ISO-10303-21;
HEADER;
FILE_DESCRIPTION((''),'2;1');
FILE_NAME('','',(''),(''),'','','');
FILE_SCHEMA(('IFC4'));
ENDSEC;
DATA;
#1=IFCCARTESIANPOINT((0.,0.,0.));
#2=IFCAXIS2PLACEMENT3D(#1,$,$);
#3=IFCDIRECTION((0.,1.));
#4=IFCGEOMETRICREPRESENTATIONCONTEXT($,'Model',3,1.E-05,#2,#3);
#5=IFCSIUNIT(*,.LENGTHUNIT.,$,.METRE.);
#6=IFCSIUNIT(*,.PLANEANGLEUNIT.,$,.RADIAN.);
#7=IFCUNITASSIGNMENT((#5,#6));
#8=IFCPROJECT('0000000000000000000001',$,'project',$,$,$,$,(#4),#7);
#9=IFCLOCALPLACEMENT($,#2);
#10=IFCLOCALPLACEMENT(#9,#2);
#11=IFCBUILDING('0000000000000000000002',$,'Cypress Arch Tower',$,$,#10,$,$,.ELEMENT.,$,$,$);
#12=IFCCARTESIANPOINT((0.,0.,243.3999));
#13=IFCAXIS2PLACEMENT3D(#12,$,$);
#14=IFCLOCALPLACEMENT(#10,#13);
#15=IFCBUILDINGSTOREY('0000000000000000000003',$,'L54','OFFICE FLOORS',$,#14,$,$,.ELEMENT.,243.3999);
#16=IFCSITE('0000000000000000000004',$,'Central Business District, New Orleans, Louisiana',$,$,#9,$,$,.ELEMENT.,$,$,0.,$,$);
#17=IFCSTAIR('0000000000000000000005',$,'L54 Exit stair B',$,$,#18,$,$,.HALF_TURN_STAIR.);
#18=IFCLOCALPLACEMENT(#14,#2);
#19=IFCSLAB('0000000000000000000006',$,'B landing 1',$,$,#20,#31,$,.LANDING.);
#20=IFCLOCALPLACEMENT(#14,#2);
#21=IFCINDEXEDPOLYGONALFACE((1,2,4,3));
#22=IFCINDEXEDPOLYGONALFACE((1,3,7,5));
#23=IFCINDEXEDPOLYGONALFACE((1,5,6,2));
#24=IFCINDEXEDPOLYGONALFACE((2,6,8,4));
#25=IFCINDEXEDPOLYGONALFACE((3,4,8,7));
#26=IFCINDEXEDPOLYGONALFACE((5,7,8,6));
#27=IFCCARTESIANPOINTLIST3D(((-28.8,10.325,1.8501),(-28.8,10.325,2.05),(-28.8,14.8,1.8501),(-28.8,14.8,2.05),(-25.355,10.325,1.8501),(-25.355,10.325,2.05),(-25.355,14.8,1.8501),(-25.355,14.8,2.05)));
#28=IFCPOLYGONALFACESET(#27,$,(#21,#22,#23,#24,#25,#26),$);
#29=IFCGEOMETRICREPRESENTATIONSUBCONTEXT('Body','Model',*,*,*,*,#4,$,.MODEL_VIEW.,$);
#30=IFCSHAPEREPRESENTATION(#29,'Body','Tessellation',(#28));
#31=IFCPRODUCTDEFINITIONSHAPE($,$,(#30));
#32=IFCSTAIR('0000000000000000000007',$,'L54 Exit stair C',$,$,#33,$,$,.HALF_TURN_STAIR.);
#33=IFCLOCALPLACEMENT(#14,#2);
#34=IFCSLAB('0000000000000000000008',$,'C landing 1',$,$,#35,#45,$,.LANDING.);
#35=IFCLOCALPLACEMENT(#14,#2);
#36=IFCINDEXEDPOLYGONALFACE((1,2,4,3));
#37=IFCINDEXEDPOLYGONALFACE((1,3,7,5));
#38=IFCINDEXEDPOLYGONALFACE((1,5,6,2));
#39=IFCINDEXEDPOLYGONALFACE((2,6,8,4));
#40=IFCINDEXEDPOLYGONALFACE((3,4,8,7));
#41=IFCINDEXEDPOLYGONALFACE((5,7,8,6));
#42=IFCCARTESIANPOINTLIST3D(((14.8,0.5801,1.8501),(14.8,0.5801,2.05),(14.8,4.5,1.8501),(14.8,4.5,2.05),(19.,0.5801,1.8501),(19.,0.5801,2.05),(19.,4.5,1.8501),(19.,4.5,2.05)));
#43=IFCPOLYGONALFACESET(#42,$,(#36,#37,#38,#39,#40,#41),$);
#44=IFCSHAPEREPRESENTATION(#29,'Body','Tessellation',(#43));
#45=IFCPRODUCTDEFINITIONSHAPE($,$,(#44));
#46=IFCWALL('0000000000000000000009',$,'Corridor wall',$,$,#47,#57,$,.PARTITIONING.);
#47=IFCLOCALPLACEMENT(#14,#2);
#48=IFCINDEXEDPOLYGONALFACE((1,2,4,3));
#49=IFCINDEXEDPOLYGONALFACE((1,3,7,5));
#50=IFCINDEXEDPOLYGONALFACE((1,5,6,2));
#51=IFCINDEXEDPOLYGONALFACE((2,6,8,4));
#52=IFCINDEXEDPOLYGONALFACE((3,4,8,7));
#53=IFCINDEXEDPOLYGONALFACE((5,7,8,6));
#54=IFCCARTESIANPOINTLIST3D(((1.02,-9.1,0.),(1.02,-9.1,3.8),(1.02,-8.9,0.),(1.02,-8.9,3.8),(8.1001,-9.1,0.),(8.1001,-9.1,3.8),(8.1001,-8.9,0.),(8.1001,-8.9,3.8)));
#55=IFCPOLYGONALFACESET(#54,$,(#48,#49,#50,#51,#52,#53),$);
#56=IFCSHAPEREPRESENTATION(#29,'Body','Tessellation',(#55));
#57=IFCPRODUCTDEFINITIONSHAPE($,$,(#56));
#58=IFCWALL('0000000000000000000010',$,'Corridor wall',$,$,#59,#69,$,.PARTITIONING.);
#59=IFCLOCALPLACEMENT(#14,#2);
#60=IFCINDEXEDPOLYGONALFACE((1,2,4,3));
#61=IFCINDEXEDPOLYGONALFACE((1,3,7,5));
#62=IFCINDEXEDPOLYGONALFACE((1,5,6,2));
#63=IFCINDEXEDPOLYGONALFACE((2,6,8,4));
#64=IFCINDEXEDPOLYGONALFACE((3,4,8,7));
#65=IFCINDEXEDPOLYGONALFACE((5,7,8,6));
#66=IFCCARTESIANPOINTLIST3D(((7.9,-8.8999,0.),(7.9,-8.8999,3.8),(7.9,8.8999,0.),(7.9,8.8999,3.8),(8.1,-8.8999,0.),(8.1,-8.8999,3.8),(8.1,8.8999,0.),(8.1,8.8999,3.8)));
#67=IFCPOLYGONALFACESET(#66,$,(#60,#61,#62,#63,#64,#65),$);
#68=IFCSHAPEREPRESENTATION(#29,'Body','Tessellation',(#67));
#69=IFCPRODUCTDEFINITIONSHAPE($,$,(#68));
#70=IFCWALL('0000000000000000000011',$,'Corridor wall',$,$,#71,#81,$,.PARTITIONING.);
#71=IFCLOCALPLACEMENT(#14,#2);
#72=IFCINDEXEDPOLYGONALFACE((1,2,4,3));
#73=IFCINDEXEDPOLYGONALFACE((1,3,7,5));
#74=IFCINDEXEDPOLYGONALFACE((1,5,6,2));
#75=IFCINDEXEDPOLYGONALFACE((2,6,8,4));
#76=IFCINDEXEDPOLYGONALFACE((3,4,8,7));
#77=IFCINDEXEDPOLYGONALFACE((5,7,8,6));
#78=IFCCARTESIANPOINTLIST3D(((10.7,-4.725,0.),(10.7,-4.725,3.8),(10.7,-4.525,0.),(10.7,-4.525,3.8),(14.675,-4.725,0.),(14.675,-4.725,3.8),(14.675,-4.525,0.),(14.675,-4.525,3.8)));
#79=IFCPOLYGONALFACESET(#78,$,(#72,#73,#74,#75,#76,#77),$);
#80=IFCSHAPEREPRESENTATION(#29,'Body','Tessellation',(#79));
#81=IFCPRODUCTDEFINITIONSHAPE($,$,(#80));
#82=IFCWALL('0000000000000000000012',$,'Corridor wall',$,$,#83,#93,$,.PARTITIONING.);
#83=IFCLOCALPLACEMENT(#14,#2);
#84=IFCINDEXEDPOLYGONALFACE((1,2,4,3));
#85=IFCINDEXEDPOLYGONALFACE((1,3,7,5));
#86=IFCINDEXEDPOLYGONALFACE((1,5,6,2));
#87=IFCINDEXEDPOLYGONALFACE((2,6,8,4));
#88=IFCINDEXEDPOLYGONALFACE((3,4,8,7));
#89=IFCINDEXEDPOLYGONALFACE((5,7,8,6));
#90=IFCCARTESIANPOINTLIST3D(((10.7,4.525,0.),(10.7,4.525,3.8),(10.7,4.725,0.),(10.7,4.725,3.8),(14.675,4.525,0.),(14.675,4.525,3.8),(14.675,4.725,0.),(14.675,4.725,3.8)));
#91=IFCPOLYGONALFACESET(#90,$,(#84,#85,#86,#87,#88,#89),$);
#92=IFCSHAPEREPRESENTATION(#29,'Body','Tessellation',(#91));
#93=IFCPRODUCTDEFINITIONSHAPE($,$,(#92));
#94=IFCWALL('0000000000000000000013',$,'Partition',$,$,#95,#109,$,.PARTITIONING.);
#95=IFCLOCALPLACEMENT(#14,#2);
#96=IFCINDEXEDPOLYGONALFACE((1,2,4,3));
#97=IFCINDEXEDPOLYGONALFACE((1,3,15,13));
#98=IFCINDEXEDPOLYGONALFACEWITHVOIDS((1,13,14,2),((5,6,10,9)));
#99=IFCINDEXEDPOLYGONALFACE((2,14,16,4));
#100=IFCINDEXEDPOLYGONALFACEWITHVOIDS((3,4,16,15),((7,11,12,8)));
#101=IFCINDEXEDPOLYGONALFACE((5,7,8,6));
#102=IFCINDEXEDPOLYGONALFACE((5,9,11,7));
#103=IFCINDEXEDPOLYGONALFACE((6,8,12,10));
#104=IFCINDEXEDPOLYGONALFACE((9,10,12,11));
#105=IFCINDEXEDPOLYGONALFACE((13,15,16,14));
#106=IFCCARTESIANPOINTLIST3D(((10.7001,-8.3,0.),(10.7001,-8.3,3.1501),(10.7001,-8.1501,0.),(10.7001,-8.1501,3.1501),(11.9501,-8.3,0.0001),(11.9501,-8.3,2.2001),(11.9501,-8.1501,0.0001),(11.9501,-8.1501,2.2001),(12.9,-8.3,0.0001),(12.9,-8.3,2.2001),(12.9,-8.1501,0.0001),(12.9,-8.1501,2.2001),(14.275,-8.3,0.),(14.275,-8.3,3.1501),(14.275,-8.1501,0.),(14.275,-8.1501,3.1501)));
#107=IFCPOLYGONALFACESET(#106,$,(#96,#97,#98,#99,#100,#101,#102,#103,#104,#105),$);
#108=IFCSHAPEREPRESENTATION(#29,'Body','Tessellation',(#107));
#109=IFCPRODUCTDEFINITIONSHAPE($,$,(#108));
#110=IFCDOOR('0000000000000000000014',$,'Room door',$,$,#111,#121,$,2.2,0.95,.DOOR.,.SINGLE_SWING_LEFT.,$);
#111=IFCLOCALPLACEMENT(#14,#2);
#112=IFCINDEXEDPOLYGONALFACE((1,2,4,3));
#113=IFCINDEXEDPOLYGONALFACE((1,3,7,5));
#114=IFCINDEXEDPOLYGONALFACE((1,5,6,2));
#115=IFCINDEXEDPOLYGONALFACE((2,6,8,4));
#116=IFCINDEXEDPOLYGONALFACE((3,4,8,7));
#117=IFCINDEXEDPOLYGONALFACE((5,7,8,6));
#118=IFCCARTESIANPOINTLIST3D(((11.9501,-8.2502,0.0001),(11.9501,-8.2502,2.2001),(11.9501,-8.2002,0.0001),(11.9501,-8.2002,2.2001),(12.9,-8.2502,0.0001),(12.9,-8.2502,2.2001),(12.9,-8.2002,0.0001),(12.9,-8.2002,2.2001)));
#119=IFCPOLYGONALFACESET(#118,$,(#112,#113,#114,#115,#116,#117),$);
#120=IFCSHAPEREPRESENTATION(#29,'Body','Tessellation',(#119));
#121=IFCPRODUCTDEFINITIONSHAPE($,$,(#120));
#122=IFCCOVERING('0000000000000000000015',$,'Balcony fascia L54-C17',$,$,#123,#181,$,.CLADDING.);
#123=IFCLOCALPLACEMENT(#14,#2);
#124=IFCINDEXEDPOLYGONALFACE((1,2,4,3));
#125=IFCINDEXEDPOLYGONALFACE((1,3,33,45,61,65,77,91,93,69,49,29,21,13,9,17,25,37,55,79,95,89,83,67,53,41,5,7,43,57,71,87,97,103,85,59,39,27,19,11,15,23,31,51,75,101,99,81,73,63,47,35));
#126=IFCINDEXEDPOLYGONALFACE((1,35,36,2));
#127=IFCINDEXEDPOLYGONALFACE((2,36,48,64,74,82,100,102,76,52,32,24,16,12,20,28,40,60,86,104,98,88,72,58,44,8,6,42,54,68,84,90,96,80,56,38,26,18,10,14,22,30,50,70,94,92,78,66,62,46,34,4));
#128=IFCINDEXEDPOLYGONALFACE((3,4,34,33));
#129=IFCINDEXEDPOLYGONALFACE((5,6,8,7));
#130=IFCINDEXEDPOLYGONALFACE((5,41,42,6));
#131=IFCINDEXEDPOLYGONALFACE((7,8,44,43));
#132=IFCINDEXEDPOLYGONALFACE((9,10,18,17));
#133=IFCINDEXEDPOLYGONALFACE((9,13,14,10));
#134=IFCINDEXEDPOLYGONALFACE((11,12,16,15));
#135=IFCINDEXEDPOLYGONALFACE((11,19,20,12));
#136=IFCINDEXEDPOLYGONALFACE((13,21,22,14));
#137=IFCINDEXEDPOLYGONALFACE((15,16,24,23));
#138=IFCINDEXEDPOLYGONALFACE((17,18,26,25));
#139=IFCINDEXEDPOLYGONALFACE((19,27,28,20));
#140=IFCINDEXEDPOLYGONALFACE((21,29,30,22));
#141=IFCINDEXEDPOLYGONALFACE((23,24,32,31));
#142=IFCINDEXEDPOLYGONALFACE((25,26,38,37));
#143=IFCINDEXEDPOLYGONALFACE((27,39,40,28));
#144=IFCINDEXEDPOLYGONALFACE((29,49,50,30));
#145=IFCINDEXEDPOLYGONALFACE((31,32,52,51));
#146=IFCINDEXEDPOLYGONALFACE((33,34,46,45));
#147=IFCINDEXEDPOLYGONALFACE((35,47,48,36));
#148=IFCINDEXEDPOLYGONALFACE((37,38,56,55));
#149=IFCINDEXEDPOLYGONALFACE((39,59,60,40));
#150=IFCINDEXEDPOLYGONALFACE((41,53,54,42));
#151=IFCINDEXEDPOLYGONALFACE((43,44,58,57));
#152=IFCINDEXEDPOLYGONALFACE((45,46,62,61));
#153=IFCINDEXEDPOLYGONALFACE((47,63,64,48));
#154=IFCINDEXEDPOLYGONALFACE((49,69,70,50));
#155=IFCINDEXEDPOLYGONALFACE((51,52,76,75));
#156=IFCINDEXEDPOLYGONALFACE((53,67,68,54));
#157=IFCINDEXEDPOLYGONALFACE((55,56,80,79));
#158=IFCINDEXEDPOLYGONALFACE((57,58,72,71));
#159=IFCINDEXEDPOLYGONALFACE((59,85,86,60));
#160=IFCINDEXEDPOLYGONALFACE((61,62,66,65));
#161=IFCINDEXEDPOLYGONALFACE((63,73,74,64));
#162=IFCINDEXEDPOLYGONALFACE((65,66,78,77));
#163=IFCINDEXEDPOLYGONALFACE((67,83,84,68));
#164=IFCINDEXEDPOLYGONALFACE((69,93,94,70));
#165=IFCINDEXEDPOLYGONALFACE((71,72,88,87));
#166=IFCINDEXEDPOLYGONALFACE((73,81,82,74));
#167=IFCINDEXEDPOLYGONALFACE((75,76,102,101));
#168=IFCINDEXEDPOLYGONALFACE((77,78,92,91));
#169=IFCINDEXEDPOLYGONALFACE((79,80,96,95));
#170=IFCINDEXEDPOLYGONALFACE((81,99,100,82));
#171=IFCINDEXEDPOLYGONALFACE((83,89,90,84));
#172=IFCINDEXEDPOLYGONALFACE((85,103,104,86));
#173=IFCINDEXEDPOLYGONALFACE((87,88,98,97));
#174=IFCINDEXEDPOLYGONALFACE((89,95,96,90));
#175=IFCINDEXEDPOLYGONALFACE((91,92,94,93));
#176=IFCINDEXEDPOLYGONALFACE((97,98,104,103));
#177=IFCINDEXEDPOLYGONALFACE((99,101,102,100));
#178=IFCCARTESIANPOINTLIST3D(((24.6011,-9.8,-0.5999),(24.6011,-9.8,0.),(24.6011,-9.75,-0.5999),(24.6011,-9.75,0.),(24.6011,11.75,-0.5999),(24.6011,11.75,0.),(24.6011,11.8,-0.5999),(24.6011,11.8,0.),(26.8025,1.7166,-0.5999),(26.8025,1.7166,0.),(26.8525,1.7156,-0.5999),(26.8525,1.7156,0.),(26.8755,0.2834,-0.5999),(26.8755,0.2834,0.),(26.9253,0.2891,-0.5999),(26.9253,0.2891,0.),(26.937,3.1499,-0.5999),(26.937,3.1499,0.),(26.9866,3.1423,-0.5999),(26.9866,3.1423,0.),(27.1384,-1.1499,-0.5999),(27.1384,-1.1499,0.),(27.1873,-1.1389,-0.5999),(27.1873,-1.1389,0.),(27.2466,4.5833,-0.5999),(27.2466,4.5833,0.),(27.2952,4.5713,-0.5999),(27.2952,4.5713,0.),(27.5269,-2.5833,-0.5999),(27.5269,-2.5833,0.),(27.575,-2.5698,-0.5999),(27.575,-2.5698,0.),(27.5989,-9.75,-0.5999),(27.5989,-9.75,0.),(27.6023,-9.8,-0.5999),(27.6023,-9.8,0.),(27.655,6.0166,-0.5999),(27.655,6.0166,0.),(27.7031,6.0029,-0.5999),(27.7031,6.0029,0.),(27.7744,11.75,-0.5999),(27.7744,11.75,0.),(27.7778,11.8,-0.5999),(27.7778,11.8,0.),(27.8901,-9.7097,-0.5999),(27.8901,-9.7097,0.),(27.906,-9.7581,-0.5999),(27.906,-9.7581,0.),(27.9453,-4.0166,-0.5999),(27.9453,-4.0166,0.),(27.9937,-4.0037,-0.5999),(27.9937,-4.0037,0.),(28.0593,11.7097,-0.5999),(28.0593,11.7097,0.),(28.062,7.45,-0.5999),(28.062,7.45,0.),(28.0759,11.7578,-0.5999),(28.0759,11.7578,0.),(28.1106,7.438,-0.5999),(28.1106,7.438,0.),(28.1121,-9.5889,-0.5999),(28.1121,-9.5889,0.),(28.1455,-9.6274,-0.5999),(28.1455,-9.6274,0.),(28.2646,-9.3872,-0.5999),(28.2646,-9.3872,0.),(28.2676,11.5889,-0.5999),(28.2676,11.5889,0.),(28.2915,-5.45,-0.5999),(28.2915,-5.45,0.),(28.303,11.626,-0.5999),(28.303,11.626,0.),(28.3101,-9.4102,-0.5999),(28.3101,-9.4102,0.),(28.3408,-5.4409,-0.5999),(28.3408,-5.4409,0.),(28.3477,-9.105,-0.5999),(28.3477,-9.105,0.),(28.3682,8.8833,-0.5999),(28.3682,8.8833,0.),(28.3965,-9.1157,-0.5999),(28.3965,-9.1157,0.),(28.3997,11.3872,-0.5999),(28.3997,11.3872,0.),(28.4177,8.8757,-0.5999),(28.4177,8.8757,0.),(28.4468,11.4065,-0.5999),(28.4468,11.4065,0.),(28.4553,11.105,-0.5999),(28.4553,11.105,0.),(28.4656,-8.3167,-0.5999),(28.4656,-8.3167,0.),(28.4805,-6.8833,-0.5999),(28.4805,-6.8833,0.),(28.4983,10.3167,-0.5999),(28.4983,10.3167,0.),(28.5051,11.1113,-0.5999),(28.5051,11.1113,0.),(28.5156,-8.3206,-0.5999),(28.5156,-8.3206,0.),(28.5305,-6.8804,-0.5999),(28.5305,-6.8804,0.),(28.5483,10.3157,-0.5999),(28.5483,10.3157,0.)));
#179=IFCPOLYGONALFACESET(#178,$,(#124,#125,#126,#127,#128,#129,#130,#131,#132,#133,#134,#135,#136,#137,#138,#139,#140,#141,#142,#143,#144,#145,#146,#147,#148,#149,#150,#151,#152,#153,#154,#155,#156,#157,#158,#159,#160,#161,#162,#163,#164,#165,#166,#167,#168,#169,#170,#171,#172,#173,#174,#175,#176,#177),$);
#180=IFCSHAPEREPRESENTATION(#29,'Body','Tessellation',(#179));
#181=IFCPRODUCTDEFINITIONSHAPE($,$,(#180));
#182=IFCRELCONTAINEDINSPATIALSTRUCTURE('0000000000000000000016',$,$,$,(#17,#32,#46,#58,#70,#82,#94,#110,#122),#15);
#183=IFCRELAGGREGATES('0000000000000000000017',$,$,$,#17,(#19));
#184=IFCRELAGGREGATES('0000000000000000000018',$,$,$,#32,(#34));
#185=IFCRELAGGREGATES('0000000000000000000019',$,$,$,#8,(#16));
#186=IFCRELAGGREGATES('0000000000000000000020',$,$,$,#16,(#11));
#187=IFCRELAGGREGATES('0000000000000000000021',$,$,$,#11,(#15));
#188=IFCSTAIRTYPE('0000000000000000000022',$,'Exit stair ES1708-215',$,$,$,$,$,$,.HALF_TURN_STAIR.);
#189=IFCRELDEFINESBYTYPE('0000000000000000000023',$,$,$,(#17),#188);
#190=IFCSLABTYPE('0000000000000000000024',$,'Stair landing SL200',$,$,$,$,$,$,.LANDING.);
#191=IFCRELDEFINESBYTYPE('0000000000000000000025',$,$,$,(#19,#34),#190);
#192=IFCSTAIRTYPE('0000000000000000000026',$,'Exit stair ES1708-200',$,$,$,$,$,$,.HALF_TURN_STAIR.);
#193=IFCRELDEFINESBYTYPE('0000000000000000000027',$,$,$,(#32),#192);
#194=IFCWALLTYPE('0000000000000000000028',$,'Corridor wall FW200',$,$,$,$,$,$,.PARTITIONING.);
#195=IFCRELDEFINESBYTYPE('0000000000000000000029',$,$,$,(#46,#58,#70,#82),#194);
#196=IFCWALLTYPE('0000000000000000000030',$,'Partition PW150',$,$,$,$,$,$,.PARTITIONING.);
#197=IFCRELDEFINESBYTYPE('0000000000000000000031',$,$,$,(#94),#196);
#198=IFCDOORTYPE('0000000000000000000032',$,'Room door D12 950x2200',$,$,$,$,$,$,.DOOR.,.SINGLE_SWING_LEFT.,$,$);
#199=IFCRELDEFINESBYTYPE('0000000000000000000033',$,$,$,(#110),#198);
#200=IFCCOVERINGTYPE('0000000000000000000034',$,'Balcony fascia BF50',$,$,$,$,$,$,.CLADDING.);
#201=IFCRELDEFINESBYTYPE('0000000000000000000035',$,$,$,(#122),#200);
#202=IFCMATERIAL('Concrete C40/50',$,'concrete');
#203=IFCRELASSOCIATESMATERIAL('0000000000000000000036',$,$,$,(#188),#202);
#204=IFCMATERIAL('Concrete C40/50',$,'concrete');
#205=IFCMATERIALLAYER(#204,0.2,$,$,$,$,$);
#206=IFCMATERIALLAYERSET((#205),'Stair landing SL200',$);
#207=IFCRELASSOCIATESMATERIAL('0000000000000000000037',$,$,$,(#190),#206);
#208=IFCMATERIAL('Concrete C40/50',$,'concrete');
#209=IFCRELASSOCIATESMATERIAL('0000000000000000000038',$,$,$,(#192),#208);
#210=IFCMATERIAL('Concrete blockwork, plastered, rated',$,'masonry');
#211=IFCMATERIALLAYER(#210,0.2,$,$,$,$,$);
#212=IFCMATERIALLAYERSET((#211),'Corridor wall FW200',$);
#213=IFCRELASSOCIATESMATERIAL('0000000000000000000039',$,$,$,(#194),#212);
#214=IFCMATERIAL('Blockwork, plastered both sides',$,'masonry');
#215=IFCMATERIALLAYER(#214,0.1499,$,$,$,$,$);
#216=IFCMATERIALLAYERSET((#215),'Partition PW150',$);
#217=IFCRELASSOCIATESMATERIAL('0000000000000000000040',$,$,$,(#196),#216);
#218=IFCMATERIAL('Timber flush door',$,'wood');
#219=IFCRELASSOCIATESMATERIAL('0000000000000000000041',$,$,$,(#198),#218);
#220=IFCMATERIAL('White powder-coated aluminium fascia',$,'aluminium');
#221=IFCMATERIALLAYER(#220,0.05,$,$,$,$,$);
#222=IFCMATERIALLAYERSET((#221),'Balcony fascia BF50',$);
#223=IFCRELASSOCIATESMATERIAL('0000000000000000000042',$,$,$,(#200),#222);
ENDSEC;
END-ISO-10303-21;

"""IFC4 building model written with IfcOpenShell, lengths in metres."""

from ifc_helpers import new_model, si_unit, direction, frame, frame_2d, origin, place, context, subcontext, project, spatial, polyline, rectangle, outline, extrude, material, layer, layer_set, type_object, element, fill, aggregate, save


model = new_model("IFC4")

# Units and contexts
model_context = context("Model", 3, precision=1e-05, world=origin(), true_north=direction((0.0, 1.0)))
body_context = subcontext(model_context, "Body", "Model", "MODEL_VIEW")
ifc_project = project(units=[si_unit("LENGTHUNIT", "METRE"), si_unit("PLANEANGLEUNIT", "RADIAN")], contexts=[model_context])

# Site, building, storey
site_placement = place(None, origin())
site = spatial("IfcSite", under=ifc_project, at=site_placement, Name="Central Business District, New Orleans, Louisiana", CompositionType="ELEMENT", RefElevation=0.0)
building_placement = place(site_placement, origin())
building = spatial("IfcBuilding", under=site, at=building_placement, Name="Cypress Arch Tower", CompositionType="ELEMENT")
storey_placement = place(building_placement, frame((0.0, 0.0, 243.3999)))
storey = spatial("IfcBuildingStorey", under=building, at=storey_placement, Name="L54", Description="OFFICE FLOORS", CompositionType="ELEMENT", Elevation=243.3999)

# Stairs, slabs
ifc_material_1 = material(Name="Concrete C40/50", Category="concrete")
stair_type_1 = type_object("IfcStairType", Name="Exit stair ES1708-215", PredefinedType="HALF_TURN_STAIR", material=ifc_material_1)
ifc_material_2 = material(Name="Concrete C40/50", Category="concrete")
ifc_layer_1 = layer(ifc_material_2, 0.2)
ifc_layer_set_1 = layer_set([ifc_layer_1], Name="Stair landing SL200")
slab_type_1 = type_object("IfcSlabType", Name="Stair landing SL200", PredefinedType="LANDING", material=ifc_layer_set_1)
stair_1_placement = place(storey_placement, origin())
stair_1 = element("IfcStair", 1, at=stair_1_placement, inside=storey, type_object=stair_type_1, Name="L54 Exit stair B", PredefinedType="HALF_TURN_STAIR")
slab_1_placement = place(storey_placement, frame((0.0, 0.0, 1.8501)))
slab_1 = element("IfcSlab", 2, at=slab_1_placement, type_object=slab_type_1, Name="B landing 1", PredefinedType="LANDING", context=body_context, shape_type="SweptSolid", body=[
    extrude(outline(polyline([(-25.355, 14.8), (-28.8, 14.8), (-28.8, 10.325), (-25.355, 10.325), (-25.355, 14.8)])), origin(), (0.0, 0.0, 1.0), 0.2),
])
aggregate(stair_1, [slab_1])
ifc_material_3 = material(Name="Concrete C40/50", Category="concrete")
stair_type_2 = type_object("IfcStairType", Name="Exit stair ES1708-200", PredefinedType="HALF_TURN_STAIR", material=ifc_material_3)
stair_2_placement = place(storey_placement, origin())
stair_2 = element("IfcStair", 3, at=stair_2_placement, inside=storey, type_object=stair_type_2, Name="L54 Exit stair C", PredefinedType="HALF_TURN_STAIR")
slab_2_placement = place(storey_placement, frame((0.0, 0.0, 1.8501)))
slab_2 = element("IfcSlab", 4, at=slab_2_placement, type_object=slab_type_1, Name="C landing 1", PredefinedType="LANDING", context=body_context, shape_type="SweptSolid", body=[
    extrude(outline(polyline([(19.0, 0.5801), (19.0, 4.5), (14.8, 4.5), (14.8, 0.5801), (19.0, 0.5801)])), origin(), (0.0, 0.0, 1.0), 0.2),
])
aggregate(stair_2, [slab_2])

# Walls
ifc_material_4 = material(Name="Concrete blockwork, plastered, rated", Category="masonry")
ifc_layer_2 = layer(ifc_material_4, 0.2)
ifc_layer_set_2 = layer_set([ifc_layer_2], Name="Corridor wall FW200")
wall_type_1 = type_object("IfcWallType", Name="Corridor wall FW200", PredefinedType="PARTITIONING", material=ifc_layer_set_2)
wall_1_placement = place(storey_placement, frame((1.02, -9.0, 0.0), z_axis=(0.0, 0.0, 1.0), x_axis=(1.0, 0.0, 0.0)))
element("IfcWall", 5, at=wall_1_placement, inside=storey, type_object=wall_type_1, Name="Corridor wall", PredefinedType="PARTITIONING", context=body_context, shape_type="SweptSolid", body=[
    extrude(rectangle(XDim=7.0801, YDim=0.2, at=frame_2d((3.54, 0.0))), origin(), (0.0, 0.0, 1.0), 3.8),
])
wall_2_placement = place(storey_placement, frame((8.0, -8.8999, 0.0), z_axis=(0.0, 0.0, 1.0), x_axis=(0.0, 1.0, 0.0)))
element("IfcWall", 6, at=wall_2_placement, inside=storey, type_object=wall_type_1, Name="Corridor wall", PredefinedType="PARTITIONING", context=body_context, shape_type="SweptSolid", body=[
    extrude(rectangle(XDim=17.7998, YDim=0.2, at=frame_2d((8.8999, 0.0))), origin(), (0.0, 0.0, 1.0), 3.8),
])
for number, where, z_axis, x_axis, name in (
    (7, (10.7, -4.625, 0.0), (0.0, 0.0, 1.0), (1.0, 0.0, 0.0), "Corridor wall"),
    (8, (10.7, 4.625, 0.0), (0.0, 0.0, 1.0), (1.0, 0.0, 0.0), "Corridor wall"),
):
    element("IfcWall", number, at=place(storey_placement, frame(where, z_axis=z_axis, x_axis=x_axis)), inside=storey, type_object=wall_type_1, Name=name, PredefinedType="PARTITIONING", context=body_context, shape_type="SweptSolid", body=[
        extrude(rectangle(XDim=3.9751, YDim=0.2, at=frame_2d((1.9875, 0.0))), origin(), (0.0, 0.0, 1.0), 3.8),
    ])

# Wall, opening, door
ifc_material_5 = material(Name="Blockwork, plastered both sides", Category="masonry")
ifc_layer_3 = layer(ifc_material_5, 0.1499)
ifc_layer_set_3 = layer_set([ifc_layer_3], Name="Partition PW150")
wall_type_2 = type_object("IfcWallType", Name="Partition PW150", PredefinedType="PARTITIONING", material=ifc_layer_set_3)
wall_3_placement = place(storey_placement, frame((10.7, -8.2251, 0.0), z_axis=(0.0, 0.0, 1.0), x_axis=(1.0, 0.0, 0.0)))
wall_3 = element("IfcWall", 9, at=wall_3_placement, inside=storey, type_object=wall_type_2, Name="Partition", PredefinedType="PARTITIONING", context=body_context, shape_type="SweptSolid", body=[
    extrude(rectangle(XDim=3.575, YDim=0.1499, at=frame_2d((1.7876, 0.0))), origin(), (0.0, 0.0, 1.0), 3.1501),
])
opening_placement = place(wall_3_placement, frame((1.25, 0.0, 0.0)))
opening = element("IfcOpeningElement", 10, at=opening_placement, cuts=wall_3, PredefinedType="OPENING", context=body_context, shape_type="SweptSolid", body=[
    extrude(rectangle(XDim=0.95, YDim=2.2, at=frame_2d((0.4751, 1.1001))), frame((0.0, 0.085, 0.0), z_axis=(0.0, -1.0, 0.0), x_axis=(1.0, 0.0, 0.0)), (0.0, 0.0, 1.0), 0.1699),
])
ifc_material_6 = material(Name="Timber flush door", Category="wood")
door_type = type_object("IfcDoorType", Name="Room door D12 950x2200", OperationType="SINGLE_SWING_LEFT", PredefinedType="DOOR", material=ifc_material_6)
door_placement = place(opening_placement, origin())
door = element("IfcDoor", 11, at=door_placement, inside=storey, type_object=door_type, Name="Room door", OperationType="SINGLE_SWING_LEFT", OverallHeight=2.2, OverallWidth=0.95, PredefinedType="DOOR", context=body_context, shape_type="SweptSolid", body=[
    extrude(rectangle(XDim=0.95, YDim=2.2, at=frame_2d((0.4751, 1.1001))), frame((0.0, 0.0249, 0.0), z_axis=(0.0, -1.0, 0.0), x_axis=(1.0, 0.0, 0.0)), (0.0, 0.0, 1.0), 0.05),
])
fill(opening, door)

# Covering
ifc_material_7 = material(Name="White powder-coated aluminium fascia", Category="aluminium")
ifc_layer_4 = layer(ifc_material_7, 0.05)
ifc_layer_set_4 = layer_set([ifc_layer_4], Name="Balcony fascia BF50")
covering_type_1 = type_object("IfcCoveringType", Name="Balcony fascia BF50", PredefinedType="CLADDING", material=ifc_layer_set_4)
covering_1_placement = place(storey_placement, frame((0.0, 0.0, -0.5999)))
element("IfcCovering", 12, at=covering_1_placement, inside=storey, type_object=covering_type_1, Name="Balcony fascia L54-C17", PredefinedType="CLADDING", context=body_context, shape_type="SweptSolid", body=[
    extrude(outline(polyline([(27.7778, 11.8), (28.0759, 11.7578), (28.303, 11.626), (28.4468, 11.4065), (28.5051, 11.1113), (28.5483, 10.3157), (28.4177, 8.8757), (28.1106, 7.438), (27.7031, 6.0029), (27.2952, 4.5713), (26.9866, 3.1423), (26.8525, 1.7156), (26.9253, 0.2891), (27.1873, -1.1389), (27.575, -2.5698), (27.9937, -4.0037), (28.3408, -5.4409), (28.5305, -6.8804), (28.5156, -8.3206), (28.3965, -9.1157), (28.3101, -9.4102), (28.1455, -9.6274), (27.906, -9.7581), (27.6023, -9.8), (24.6011, -9.8), (24.6011, -9.75), (27.5989, -9.75), (27.8901, -9.7097), (28.1121, -9.5889), (28.2646, -9.3872), (28.3477, -9.105), (28.4656, -8.3167), (28.4805, -6.8833), (28.2915, -5.45), (27.9453, -4.0166), (27.5269, -2.5833), (27.1384, -1.1499), (26.8755, 0.2834), (26.8025, 1.7166), (26.937, 3.1499), (27.2466, 4.5833), (27.655, 6.0166), (28.062, 7.45), (28.3682, 8.8833), (28.4983, 10.3167), (28.4553, 11.105), (28.3997, 11.3872), (28.2676, 11.5889), (28.0593, 11.7097), (27.7744, 11.75), (24.6011, 11.75), (24.6011, 11.8), (27.7778, 11.8)])), origin(), (0.0, 0.0, 1.0), 0.5999),
])

save(model, "model.ifc")
